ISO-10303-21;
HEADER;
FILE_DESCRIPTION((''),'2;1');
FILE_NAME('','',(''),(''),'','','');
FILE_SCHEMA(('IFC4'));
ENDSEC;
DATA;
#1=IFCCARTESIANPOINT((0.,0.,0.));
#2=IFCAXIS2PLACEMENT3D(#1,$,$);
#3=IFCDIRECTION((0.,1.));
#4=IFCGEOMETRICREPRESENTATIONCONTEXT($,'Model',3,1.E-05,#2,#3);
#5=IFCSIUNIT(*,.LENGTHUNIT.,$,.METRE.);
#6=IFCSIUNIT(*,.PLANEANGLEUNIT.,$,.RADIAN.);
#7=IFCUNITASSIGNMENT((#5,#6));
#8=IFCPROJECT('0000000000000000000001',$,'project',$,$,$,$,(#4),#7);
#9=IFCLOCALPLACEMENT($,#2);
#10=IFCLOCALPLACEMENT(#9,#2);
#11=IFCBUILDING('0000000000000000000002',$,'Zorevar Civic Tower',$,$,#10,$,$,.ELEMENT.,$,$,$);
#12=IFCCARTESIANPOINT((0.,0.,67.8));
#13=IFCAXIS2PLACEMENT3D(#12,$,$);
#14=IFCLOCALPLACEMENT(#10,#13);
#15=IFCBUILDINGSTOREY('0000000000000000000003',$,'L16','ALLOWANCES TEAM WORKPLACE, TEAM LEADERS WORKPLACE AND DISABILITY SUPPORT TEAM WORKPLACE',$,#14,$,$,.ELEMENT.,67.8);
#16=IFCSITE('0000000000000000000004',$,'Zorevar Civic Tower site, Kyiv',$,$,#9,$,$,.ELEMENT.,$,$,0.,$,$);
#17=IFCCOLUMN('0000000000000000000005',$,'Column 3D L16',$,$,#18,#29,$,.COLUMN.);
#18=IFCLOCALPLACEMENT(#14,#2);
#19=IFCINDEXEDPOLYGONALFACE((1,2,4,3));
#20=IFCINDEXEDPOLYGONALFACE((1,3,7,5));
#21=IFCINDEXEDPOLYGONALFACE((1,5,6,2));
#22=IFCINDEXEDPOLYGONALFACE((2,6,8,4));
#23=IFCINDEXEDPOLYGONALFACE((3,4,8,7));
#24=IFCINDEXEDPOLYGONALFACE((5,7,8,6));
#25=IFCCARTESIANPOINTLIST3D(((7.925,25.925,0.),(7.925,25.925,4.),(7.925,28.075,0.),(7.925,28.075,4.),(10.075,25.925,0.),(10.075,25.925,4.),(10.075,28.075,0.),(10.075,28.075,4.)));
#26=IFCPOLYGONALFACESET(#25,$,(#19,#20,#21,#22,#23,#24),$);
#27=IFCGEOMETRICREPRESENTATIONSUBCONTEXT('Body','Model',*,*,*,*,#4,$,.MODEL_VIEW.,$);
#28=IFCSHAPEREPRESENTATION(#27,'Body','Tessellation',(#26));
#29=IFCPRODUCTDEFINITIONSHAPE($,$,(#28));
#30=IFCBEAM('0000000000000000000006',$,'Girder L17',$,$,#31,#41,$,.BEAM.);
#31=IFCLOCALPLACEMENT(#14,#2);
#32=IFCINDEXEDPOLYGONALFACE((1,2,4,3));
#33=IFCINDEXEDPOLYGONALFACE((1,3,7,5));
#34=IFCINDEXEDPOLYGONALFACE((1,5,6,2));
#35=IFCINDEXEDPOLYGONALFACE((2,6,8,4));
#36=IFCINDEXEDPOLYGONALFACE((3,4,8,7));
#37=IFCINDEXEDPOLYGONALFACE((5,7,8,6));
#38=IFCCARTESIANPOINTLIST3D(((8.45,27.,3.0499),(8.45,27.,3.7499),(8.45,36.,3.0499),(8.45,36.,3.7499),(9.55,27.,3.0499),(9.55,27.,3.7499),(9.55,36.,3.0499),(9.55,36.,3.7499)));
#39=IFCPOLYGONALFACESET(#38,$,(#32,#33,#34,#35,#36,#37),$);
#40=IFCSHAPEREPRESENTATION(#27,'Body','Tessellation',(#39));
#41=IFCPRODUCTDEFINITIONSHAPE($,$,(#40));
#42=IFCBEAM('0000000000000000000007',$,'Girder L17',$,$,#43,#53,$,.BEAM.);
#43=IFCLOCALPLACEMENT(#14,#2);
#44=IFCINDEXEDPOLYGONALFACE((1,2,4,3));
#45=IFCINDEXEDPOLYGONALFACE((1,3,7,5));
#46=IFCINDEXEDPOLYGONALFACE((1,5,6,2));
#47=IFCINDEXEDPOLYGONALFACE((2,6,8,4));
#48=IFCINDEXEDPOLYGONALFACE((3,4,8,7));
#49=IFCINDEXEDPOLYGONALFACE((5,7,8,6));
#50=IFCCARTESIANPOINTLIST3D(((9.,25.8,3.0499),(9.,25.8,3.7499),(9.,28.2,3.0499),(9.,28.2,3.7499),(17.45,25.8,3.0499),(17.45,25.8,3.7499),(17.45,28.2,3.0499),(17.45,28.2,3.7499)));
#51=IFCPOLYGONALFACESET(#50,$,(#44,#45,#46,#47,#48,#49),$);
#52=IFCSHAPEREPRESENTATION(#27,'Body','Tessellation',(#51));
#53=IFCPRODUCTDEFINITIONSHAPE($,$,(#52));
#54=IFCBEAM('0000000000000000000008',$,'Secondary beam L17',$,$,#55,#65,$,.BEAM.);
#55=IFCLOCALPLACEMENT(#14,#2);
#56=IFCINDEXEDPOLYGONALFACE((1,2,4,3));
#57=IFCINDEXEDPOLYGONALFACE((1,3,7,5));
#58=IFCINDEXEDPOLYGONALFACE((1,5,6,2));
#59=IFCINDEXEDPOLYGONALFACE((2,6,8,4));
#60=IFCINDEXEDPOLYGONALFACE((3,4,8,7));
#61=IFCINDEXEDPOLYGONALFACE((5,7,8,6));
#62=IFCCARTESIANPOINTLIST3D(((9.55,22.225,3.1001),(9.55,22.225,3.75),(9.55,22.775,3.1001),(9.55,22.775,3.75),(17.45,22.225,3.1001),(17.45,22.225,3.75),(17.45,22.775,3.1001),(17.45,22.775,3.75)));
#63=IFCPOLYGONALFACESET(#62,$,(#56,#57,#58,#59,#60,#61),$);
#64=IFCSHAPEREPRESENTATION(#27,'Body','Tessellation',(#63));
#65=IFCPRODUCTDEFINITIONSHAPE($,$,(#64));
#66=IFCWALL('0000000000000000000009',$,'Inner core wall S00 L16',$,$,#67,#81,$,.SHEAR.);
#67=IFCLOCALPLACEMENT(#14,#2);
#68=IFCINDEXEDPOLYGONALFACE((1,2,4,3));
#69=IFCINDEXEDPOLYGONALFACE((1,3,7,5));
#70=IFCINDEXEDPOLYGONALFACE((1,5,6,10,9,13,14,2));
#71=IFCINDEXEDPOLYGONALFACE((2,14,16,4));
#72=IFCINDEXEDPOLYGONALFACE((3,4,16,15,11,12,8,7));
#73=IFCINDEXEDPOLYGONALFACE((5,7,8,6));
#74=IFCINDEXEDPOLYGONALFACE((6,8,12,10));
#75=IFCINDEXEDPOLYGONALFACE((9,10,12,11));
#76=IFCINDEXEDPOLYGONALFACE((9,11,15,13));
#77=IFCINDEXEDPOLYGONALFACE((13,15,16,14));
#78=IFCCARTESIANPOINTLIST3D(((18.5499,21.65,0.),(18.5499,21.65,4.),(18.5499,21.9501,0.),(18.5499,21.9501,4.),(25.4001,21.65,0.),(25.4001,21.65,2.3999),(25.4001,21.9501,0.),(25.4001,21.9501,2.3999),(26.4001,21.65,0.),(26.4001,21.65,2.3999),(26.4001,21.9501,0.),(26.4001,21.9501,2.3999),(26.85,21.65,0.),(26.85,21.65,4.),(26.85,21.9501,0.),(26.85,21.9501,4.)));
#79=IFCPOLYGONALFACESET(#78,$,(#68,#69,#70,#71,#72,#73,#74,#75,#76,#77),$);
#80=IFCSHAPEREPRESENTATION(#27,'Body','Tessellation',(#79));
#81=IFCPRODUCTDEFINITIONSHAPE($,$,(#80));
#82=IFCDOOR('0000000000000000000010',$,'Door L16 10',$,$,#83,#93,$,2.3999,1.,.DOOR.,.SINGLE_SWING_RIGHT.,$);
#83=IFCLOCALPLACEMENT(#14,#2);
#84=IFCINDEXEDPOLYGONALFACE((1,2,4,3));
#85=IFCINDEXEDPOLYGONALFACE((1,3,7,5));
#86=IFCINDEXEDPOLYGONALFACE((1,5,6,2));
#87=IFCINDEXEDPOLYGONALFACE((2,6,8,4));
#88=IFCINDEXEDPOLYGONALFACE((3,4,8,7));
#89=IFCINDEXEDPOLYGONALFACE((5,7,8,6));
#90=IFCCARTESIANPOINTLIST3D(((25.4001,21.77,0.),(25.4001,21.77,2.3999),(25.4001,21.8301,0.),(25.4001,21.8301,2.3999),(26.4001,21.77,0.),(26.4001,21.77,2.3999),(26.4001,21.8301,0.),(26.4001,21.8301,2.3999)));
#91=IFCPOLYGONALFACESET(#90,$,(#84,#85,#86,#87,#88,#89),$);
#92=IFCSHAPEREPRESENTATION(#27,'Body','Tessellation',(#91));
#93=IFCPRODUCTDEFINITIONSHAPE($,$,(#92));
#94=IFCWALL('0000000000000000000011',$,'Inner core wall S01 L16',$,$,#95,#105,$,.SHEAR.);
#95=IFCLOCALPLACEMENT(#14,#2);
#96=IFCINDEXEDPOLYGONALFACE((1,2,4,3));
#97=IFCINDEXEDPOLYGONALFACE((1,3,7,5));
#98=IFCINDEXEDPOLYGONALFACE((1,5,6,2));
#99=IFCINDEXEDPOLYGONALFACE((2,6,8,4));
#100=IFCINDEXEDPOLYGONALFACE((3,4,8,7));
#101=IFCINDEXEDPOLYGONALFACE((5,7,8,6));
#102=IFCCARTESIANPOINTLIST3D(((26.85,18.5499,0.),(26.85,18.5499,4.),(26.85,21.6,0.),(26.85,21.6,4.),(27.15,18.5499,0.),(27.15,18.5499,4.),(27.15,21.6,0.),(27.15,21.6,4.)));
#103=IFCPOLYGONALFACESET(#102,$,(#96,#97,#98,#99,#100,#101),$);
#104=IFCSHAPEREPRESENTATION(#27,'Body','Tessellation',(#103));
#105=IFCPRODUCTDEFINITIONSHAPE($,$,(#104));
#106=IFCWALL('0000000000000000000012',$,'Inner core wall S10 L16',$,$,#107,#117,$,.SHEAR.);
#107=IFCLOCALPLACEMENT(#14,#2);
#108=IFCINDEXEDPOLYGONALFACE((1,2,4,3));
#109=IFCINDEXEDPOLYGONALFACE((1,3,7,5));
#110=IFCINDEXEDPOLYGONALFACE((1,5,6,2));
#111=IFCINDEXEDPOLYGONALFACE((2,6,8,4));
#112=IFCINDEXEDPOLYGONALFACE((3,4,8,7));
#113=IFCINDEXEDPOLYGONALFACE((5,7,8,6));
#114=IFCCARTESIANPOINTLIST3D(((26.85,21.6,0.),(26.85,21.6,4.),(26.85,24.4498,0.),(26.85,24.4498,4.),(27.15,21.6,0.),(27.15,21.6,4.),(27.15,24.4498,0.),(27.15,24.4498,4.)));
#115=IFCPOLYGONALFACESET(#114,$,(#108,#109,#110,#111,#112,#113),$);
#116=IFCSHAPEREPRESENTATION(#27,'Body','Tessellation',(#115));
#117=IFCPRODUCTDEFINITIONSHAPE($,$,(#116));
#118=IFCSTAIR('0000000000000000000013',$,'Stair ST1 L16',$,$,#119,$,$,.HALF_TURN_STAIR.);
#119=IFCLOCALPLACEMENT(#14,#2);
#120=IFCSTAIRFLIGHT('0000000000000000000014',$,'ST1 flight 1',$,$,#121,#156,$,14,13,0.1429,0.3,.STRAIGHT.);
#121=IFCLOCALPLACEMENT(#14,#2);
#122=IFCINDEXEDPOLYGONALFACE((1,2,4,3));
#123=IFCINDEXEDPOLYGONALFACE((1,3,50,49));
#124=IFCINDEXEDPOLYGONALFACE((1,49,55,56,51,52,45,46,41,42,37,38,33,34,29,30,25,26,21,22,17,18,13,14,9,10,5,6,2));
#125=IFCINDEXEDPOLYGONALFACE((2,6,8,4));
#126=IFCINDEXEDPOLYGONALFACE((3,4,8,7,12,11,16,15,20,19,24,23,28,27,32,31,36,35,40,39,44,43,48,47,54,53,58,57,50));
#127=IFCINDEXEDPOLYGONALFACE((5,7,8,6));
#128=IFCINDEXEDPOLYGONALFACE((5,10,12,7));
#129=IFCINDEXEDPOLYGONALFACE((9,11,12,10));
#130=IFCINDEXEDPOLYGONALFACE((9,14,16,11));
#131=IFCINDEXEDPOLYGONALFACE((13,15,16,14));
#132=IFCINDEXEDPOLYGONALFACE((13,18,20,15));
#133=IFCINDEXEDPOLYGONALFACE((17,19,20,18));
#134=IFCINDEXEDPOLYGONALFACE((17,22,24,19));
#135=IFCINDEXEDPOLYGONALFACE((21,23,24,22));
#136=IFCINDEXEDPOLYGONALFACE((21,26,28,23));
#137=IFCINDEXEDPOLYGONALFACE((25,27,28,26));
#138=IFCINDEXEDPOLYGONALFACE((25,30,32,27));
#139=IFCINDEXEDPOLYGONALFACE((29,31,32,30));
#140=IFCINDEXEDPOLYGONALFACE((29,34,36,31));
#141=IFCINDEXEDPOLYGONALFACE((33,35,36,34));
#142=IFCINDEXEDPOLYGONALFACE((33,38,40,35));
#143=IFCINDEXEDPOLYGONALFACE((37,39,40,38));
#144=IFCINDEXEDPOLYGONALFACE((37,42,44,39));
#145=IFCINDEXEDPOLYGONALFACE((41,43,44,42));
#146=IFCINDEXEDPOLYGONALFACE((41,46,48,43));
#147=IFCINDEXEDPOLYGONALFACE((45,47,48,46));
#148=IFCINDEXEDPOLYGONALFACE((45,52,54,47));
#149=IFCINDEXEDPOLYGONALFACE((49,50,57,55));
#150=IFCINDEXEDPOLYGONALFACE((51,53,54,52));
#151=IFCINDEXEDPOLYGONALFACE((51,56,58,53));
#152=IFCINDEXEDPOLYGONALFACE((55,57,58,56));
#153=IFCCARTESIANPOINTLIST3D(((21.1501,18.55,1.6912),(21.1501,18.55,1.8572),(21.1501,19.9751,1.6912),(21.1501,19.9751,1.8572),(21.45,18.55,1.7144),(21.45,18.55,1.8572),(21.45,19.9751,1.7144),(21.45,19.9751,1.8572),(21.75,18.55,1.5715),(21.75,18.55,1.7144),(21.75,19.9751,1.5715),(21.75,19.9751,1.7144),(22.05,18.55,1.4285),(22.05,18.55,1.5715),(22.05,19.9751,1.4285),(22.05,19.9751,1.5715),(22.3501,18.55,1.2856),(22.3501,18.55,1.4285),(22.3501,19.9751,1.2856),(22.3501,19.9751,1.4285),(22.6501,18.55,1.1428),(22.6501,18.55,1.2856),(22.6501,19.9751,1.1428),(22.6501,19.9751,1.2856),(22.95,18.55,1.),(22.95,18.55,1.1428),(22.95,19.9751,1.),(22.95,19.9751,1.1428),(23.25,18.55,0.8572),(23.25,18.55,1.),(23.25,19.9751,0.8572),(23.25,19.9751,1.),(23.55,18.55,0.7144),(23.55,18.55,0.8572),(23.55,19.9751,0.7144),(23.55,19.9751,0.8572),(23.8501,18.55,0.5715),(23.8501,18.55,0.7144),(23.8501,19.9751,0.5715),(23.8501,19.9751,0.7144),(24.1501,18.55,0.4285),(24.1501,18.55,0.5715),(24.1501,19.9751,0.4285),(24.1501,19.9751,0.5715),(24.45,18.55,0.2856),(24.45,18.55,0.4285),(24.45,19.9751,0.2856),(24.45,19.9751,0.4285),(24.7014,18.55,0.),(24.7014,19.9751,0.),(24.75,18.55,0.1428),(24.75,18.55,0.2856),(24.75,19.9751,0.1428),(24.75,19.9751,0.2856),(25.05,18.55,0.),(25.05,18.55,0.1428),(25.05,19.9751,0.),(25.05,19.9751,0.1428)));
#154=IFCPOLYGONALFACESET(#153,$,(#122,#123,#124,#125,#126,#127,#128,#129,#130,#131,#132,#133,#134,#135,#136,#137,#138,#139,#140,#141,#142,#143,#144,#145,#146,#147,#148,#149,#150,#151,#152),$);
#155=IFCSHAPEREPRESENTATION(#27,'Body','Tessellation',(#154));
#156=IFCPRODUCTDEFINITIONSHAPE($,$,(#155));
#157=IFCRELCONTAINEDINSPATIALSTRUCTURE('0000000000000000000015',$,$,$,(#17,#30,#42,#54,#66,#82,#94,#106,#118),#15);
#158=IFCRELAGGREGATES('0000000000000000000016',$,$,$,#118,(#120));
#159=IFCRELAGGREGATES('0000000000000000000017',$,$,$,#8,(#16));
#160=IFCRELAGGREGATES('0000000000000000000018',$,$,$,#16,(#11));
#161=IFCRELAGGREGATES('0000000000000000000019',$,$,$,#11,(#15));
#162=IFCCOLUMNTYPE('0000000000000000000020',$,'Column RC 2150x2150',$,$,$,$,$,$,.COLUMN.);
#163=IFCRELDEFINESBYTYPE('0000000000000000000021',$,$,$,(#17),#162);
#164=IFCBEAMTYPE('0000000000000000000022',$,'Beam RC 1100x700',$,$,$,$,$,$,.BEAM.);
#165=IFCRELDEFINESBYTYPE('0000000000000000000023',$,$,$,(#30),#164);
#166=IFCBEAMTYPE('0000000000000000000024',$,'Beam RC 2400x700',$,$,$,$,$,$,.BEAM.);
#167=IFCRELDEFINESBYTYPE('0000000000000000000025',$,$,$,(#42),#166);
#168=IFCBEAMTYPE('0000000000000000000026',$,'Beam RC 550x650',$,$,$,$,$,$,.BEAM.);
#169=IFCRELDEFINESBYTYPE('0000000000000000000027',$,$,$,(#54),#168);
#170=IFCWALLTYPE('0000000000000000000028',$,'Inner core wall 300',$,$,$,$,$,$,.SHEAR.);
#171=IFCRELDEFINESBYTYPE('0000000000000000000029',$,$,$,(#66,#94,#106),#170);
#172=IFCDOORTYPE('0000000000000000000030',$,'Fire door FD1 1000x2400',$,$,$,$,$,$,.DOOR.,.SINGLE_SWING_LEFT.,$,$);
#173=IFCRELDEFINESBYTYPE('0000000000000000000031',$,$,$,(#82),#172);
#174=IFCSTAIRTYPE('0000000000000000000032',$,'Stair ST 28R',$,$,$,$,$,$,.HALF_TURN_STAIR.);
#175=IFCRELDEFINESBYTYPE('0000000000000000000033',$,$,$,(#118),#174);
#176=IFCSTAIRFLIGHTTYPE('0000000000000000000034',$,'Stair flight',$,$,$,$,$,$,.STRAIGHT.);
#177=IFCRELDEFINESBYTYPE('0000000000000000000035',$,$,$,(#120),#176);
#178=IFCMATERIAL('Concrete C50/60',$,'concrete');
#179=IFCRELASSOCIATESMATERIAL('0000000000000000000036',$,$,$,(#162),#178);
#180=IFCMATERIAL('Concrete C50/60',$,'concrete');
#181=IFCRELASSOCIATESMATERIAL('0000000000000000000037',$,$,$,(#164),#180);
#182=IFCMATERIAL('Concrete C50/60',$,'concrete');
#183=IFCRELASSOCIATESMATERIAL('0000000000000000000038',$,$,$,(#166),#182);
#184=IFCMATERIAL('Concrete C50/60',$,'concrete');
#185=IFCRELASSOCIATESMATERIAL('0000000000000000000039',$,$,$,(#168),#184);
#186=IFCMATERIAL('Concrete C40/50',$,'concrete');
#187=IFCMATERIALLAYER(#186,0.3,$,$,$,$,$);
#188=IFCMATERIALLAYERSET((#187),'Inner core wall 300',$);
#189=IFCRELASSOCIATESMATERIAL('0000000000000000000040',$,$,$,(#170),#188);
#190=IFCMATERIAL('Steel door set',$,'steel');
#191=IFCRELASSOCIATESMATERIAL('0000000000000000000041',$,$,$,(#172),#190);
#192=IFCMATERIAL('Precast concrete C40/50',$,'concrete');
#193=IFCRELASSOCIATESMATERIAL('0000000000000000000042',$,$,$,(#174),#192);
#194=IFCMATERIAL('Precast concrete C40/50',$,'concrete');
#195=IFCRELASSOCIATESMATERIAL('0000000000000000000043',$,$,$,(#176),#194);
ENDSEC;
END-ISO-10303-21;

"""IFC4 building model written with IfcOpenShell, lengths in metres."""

from ifc_helpers import new_model, si_unit, direction, frame, frame_2d, origin, origin_2d, place, context, subcontext, project, spatial, polyline, rectangle, outline, extrude, material, layer, layer_set, material_profile, profile_set, type_object, element, fill, aggregate, save


model = new_model("IFC4")

# Units and contexts
model_context = context("Model", 3, precision=1e-05, world=origin(), true_north=direction((0.0, 1.0)))
body_context = subcontext(model_context, "Body", "Model", "MODEL_VIEW")
ifc_project = project(units=[si_unit("LENGTHUNIT", "METRE"), si_unit("PLANEANGLEUNIT", "RADIAN")], contexts=[model_context])

# Site, building, storey
site_placement = place(None, origin())
site = spatial("IfcSite", under=ifc_project, at=site_placement, Name="Zorevar Civic Tower site, Kyiv", CompositionType="ELEMENT", RefElevation=0.0)
building_placement = place(site_placement, origin())
building = spatial("IfcBuilding", under=site, at=building_placement, Name="Zorevar Civic Tower", CompositionType="ELEMENT")
storey_placement = place(building_placement, frame((0.0, 0.0, 67.8)))
storey = spatial("IfcBuildingStorey", under=building, at=storey_placement, Name="L16", Description="ALLOWANCES TEAM WORKPLACE, TEAM LEADERS WORKPLACE AND DISABILITY SUPPORT TEAM WORKPLACE", CompositionType="ELEMENT", Elevation=67.8)

# Column
ifc_material_1 = material(Name="Concrete C50/60", Category="concrete")
ifc_material_profile_1 = material_profile(ifc_material_1, rectangle(XDim=2.1499, YDim=2.1499, at=origin_2d()), Name="RC 2150x2150")
ifc_profile_set_1 = profile_set([ifc_material_profile_1], Name="Concrete C50/60")
column_type = type_object("IfcColumnType", Name="Column RC 2150x2150", PredefinedType="COLUMN", material=ifc_profile_set_1)
column_placement = place(storey_placement, frame((9.0, 27.0, 0.0), z_axis=(0.0, 0.0, 1.0), x_axis=(1.0, 0.0, 0.0)))
element("IfcColumn", 1, at=column_placement, inside=storey, type_object=column_type, Name="Column 3D L16", PredefinedType="COLUMN", context=body_context, shape_type="SweptSolid", body=[
    extrude(rectangle(XDim=2.1499, YDim=2.1499, at=origin_2d()), origin(), (0.0, 0.0, 1.0), 4.0),
])

# Beams
ifc_material_2 = material(Name="Concrete C50/60", Category="concrete")
ifc_material_profile_2 = material_profile(ifc_material_2, rectangle(XDim=1.1001, YDim=0.7, at=origin_2d()), Name="RC 1100x700")
ifc_profile_set_2 = profile_set([ifc_material_profile_2], Name="Concrete C50/60")
beam_type_1 = type_object("IfcBeamType", Name="Beam RC 1100x700", PredefinedType="BEAM", material=ifc_profile_set_2)
beam_1_placement = place(storey_placement, frame((9.0, 27.0, 3.3999), z_axis=(0.0, 1.0, 0.0), x_axis=(-1.0, 0.0, 0.0)))
element("IfcBeam", 2, at=beam_1_placement, inside=storey, type_object=beam_type_1, Name="Girder L17", PredefinedType="BEAM", context=body_context, shape_type="SweptSolid", body=[
    extrude(rectangle(XDim=1.1001, YDim=0.7, at=origin_2d()), origin(), (0.0, 0.0, 1.0), 9.0),
])
ifc_material_3 = material(Name="Concrete C50/60", Category="concrete")
ifc_material_profile_3 = material_profile(ifc_material_3, rectangle(XDim=2.3999, YDim=0.7, at=origin_2d()), Name="RC 2400x700")
ifc_profile_set_3 = profile_set([ifc_material_profile_3], Name="Concrete C50/60")
beam_type_2 = type_object("IfcBeamType", Name="Beam RC 2400x700", PredefinedType="BEAM", material=ifc_profile_set_3)
beam_2_placement = place(storey_placement, frame((9.0, 27.0, 3.3999), z_axis=(1.0, 0.0, 0.0), x_axis=(0.0, 1.0, 0.0)))
element("IfcBeam", 3, at=beam_2_placement, inside=storey, type_object=beam_type_2, Name="Girder L17", PredefinedType="BEAM", context=body_context, shape_type="SweptSolid", body=[
    extrude(rectangle(XDim=2.3999, YDim=0.7, at=origin_2d()), origin(), (0.0, 0.0, 1.0), 8.45),
])
ifc_material_4 = material(Name="Concrete C50/60", Category="concrete")
ifc_material_profile_4 = material_profile(ifc_material_4, rectangle(XDim=0.55, YDim=0.6499, at=origin_2d()), Name="RC 550x650")
ifc_profile_set_4 = profile_set([ifc_material_profile_4], Name="Concrete C50/60")
beam_type_3 = type_object("IfcBeamType", Name="Beam RC 550x650", PredefinedType="BEAM", material=ifc_profile_set_4)
beam_3_placement = place(storey_placement, frame((9.55, 22.5, 3.425), z_axis=(1.0, 0.0, 0.0), x_axis=(0.0, 1.0, 0.0)))
element("IfcBeam", 4, at=beam_3_placement, inside=storey, type_object=beam_type_3, Name="Secondary beam L17", PredefinedType="BEAM", context=body_context, shape_type="SweptSolid", body=[
    extrude(rectangle(XDim=0.55, YDim=0.6499, at=origin_2d()), origin(), (0.0, 0.0, 1.0), 7.8999),
])

# Wall, opening, door
ifc_material_5 = material(Name="Concrete C40/50", Category="concrete")
ifc_layer_1 = layer(ifc_material_5, 0.3)
ifc_layer_set_1 = layer_set([ifc_layer_1], Name="Inner core wall 300")
wall_type_1 = type_object("IfcWallType", Name="Inner core wall 300", PredefinedType="SHEAR", material=ifc_layer_set_1)
wall_1_placement = place(storey_placement, frame((18.55, 21.8, 0.0), z_axis=(0.0, 0.0, 1.0), x_axis=(1.0, 0.0, 0.0)))
wall_1 = element("IfcWall", 5, at=wall_1_placement, inside=storey, type_object=wall_type_1, Name="Inner core wall S00 L16", PredefinedType="SHEAR", context=body_context, shape_type="SweptSolid", body=[
    extrude(rectangle(XDim=8.3, YDim=0.3, at=frame_2d((4.1499, 0.0))), origin(), (0.0, 0.0, 1.0), 4.0),
])
opening_1_placement = place(wall_1_placement, frame((6.8501, 0.0, 0.0)))
opening_1 = element("IfcOpeningElement", 6, at=opening_1_placement, cuts=wall_1, PredefinedType="OPENING", context=body_context, shape_type="SweptSolid", body=[
    extrude(rectangle(XDim=1.0, YDim=2.3999, at=frame_2d((0.5, 1.2))), frame((0.0, 0.1599, 0.0), z_axis=(0.0, -1.0, 0.0), x_axis=(1.0, 0.0, 0.0)), (0.0, 0.0, 1.0), 0.3201),
])
ifc_material_6 = material(Name="Steel door set", Category="steel")
door_type_1 = type_object("IfcDoorType", Name="Fire door FD1 1000x2400", OperationType="SINGLE_SWING_LEFT", PredefinedType="DOOR", material=ifc_material_6)
door_1_placement = place(opening_1_placement, origin())
door_1 = element("IfcDoor", 7, at=door_1_placement, inside=storey, type_object=door_type_1, Name="Door L16 10", OperationType="SINGLE_SWING_RIGHT", OverallHeight=2.3999, OverallWidth=1.0, PredefinedType="DOOR", context=body_context, shape_type="SweptSolid", body=[
    extrude(rectangle(XDim=1.0, YDim=2.3999, at=frame_2d((0.5, 1.2))), frame((0.0, 0.03, 0.0), z_axis=(0.0, -1.0, 0.0), x_axis=(1.0, 0.0, 0.0)), (0.0, 0.0, 1.0), 0.0601),
])
fill(opening_1, door_1)

# Wall
wall_2_placement = place(storey_placement, frame((27.0, 18.55, 0.0), z_axis=(0.0, 0.0, 1.0), x_axis=(0.0, 1.0, 0.0)))
element("IfcWall", 8, at=wall_2_placement, inside=storey, type_object=wall_type_1, Name="Inner core wall S01 L16", PredefinedType="SHEAR", context=body_context, shape_type="SweptSolid", body=[
    extrude(rectangle(XDim=3.05, YDim=0.3, at=frame_2d((1.5249, 0.0))), origin(), (0.0, 0.0, 1.0), 4.0),
])

# Wall
wall_3_placement = place(storey_placement, frame((27.0, 21.6001, 0.0), z_axis=(0.0, 0.0, 1.0), x_axis=(0.0, 1.0, 0.0)))
element("IfcWall", 9, at=wall_3_placement, inside=storey, type_object=wall_type_1, Name="Inner core wall S10 L16", PredefinedType="SHEAR", context=body_context, shape_type="SweptSolid", body=[
    extrude(rectangle(XDim=2.8499, YDim=0.3, at=frame_2d((1.4248, 0.0))), origin(), (0.0, 0.0, 1.0), 4.0),
])

# Stair, stair flight
ifc_material_7 = material(Name="Precast concrete C40/50", Category="concrete")
stair_type = type_object("IfcStairType", Name="Stair ST 28R", PredefinedType="HALF_TURN_STAIR", material=ifc_material_7)
stair_placement = place(storey_placement, origin())
stair = element("IfcStair", 10, at=stair_placement, inside=storey, type_object=stair_type, Name="Stair ST1 L16", PredefinedType="HALF_TURN_STAIR")
ifc_material_8 = material(Name="Precast concrete C40/50", Category="concrete")
stair_flight_type = type_object("IfcStairFlightType", Name="Stair flight", PredefinedType="STRAIGHT", material=ifc_material_8)
stair_flight_1_placement = place(storey_placement, frame((25.05, 19.2625, 0.0), z_axis=(0.0, 0.0, 1.0), x_axis=(-1.0, 0.0, 0.0)))
stair_flight_1 = element("IfcStairFlight", 11, at=stair_flight_1_placement, type_object=stair_flight_type, Name="ST1 flight 1", NumberOfRisers=14, NumberOfTreads=13, PredefinedType="STRAIGHT", RiserHeight=0.1429, TreadLength=0.3, context=body_context, shape_type="SweptSolid", body=[
    extrude(outline(polyline([(0.0, 0.0), (0.0, 0.1428), (0.3, 0.1428), (0.3, 0.2856), (0.6001, 0.2856), (0.6001, 0.4285), (0.8999, 0.4285), (0.8999, 0.5715), (1.2, 0.5715), (1.2, 0.7144), (1.5, 0.7144), (1.5, 0.8572), (1.8, 0.8572), (1.8, 1.0), (2.1001, 1.0), (2.1001, 1.1428), (2.3999, 1.1428), (2.3999, 1.2856), (2.7, 1.2856), (2.7, 1.4285), (3.0, 1.4285), (3.0, 1.5715), (3.3, 1.5715), (3.3, 1.7144), (3.6001, 1.7144), (3.6001, 1.8572), (3.8999, 1.8572), (3.8999, 2.0), (3.8999, 1.6912), (0.3486, 0.0), (0.0, 0.0)])), frame((0.0, 0.7124, 0.0), z_axis=(0.0, -1.0, 0.0), x_axis=(1.0, 0.0, 0.0)), (0.0, 0.0, 1.0), 1.425),
])
aggregate(stair, [stair_flight_1])

save(model, "model.ifc")
